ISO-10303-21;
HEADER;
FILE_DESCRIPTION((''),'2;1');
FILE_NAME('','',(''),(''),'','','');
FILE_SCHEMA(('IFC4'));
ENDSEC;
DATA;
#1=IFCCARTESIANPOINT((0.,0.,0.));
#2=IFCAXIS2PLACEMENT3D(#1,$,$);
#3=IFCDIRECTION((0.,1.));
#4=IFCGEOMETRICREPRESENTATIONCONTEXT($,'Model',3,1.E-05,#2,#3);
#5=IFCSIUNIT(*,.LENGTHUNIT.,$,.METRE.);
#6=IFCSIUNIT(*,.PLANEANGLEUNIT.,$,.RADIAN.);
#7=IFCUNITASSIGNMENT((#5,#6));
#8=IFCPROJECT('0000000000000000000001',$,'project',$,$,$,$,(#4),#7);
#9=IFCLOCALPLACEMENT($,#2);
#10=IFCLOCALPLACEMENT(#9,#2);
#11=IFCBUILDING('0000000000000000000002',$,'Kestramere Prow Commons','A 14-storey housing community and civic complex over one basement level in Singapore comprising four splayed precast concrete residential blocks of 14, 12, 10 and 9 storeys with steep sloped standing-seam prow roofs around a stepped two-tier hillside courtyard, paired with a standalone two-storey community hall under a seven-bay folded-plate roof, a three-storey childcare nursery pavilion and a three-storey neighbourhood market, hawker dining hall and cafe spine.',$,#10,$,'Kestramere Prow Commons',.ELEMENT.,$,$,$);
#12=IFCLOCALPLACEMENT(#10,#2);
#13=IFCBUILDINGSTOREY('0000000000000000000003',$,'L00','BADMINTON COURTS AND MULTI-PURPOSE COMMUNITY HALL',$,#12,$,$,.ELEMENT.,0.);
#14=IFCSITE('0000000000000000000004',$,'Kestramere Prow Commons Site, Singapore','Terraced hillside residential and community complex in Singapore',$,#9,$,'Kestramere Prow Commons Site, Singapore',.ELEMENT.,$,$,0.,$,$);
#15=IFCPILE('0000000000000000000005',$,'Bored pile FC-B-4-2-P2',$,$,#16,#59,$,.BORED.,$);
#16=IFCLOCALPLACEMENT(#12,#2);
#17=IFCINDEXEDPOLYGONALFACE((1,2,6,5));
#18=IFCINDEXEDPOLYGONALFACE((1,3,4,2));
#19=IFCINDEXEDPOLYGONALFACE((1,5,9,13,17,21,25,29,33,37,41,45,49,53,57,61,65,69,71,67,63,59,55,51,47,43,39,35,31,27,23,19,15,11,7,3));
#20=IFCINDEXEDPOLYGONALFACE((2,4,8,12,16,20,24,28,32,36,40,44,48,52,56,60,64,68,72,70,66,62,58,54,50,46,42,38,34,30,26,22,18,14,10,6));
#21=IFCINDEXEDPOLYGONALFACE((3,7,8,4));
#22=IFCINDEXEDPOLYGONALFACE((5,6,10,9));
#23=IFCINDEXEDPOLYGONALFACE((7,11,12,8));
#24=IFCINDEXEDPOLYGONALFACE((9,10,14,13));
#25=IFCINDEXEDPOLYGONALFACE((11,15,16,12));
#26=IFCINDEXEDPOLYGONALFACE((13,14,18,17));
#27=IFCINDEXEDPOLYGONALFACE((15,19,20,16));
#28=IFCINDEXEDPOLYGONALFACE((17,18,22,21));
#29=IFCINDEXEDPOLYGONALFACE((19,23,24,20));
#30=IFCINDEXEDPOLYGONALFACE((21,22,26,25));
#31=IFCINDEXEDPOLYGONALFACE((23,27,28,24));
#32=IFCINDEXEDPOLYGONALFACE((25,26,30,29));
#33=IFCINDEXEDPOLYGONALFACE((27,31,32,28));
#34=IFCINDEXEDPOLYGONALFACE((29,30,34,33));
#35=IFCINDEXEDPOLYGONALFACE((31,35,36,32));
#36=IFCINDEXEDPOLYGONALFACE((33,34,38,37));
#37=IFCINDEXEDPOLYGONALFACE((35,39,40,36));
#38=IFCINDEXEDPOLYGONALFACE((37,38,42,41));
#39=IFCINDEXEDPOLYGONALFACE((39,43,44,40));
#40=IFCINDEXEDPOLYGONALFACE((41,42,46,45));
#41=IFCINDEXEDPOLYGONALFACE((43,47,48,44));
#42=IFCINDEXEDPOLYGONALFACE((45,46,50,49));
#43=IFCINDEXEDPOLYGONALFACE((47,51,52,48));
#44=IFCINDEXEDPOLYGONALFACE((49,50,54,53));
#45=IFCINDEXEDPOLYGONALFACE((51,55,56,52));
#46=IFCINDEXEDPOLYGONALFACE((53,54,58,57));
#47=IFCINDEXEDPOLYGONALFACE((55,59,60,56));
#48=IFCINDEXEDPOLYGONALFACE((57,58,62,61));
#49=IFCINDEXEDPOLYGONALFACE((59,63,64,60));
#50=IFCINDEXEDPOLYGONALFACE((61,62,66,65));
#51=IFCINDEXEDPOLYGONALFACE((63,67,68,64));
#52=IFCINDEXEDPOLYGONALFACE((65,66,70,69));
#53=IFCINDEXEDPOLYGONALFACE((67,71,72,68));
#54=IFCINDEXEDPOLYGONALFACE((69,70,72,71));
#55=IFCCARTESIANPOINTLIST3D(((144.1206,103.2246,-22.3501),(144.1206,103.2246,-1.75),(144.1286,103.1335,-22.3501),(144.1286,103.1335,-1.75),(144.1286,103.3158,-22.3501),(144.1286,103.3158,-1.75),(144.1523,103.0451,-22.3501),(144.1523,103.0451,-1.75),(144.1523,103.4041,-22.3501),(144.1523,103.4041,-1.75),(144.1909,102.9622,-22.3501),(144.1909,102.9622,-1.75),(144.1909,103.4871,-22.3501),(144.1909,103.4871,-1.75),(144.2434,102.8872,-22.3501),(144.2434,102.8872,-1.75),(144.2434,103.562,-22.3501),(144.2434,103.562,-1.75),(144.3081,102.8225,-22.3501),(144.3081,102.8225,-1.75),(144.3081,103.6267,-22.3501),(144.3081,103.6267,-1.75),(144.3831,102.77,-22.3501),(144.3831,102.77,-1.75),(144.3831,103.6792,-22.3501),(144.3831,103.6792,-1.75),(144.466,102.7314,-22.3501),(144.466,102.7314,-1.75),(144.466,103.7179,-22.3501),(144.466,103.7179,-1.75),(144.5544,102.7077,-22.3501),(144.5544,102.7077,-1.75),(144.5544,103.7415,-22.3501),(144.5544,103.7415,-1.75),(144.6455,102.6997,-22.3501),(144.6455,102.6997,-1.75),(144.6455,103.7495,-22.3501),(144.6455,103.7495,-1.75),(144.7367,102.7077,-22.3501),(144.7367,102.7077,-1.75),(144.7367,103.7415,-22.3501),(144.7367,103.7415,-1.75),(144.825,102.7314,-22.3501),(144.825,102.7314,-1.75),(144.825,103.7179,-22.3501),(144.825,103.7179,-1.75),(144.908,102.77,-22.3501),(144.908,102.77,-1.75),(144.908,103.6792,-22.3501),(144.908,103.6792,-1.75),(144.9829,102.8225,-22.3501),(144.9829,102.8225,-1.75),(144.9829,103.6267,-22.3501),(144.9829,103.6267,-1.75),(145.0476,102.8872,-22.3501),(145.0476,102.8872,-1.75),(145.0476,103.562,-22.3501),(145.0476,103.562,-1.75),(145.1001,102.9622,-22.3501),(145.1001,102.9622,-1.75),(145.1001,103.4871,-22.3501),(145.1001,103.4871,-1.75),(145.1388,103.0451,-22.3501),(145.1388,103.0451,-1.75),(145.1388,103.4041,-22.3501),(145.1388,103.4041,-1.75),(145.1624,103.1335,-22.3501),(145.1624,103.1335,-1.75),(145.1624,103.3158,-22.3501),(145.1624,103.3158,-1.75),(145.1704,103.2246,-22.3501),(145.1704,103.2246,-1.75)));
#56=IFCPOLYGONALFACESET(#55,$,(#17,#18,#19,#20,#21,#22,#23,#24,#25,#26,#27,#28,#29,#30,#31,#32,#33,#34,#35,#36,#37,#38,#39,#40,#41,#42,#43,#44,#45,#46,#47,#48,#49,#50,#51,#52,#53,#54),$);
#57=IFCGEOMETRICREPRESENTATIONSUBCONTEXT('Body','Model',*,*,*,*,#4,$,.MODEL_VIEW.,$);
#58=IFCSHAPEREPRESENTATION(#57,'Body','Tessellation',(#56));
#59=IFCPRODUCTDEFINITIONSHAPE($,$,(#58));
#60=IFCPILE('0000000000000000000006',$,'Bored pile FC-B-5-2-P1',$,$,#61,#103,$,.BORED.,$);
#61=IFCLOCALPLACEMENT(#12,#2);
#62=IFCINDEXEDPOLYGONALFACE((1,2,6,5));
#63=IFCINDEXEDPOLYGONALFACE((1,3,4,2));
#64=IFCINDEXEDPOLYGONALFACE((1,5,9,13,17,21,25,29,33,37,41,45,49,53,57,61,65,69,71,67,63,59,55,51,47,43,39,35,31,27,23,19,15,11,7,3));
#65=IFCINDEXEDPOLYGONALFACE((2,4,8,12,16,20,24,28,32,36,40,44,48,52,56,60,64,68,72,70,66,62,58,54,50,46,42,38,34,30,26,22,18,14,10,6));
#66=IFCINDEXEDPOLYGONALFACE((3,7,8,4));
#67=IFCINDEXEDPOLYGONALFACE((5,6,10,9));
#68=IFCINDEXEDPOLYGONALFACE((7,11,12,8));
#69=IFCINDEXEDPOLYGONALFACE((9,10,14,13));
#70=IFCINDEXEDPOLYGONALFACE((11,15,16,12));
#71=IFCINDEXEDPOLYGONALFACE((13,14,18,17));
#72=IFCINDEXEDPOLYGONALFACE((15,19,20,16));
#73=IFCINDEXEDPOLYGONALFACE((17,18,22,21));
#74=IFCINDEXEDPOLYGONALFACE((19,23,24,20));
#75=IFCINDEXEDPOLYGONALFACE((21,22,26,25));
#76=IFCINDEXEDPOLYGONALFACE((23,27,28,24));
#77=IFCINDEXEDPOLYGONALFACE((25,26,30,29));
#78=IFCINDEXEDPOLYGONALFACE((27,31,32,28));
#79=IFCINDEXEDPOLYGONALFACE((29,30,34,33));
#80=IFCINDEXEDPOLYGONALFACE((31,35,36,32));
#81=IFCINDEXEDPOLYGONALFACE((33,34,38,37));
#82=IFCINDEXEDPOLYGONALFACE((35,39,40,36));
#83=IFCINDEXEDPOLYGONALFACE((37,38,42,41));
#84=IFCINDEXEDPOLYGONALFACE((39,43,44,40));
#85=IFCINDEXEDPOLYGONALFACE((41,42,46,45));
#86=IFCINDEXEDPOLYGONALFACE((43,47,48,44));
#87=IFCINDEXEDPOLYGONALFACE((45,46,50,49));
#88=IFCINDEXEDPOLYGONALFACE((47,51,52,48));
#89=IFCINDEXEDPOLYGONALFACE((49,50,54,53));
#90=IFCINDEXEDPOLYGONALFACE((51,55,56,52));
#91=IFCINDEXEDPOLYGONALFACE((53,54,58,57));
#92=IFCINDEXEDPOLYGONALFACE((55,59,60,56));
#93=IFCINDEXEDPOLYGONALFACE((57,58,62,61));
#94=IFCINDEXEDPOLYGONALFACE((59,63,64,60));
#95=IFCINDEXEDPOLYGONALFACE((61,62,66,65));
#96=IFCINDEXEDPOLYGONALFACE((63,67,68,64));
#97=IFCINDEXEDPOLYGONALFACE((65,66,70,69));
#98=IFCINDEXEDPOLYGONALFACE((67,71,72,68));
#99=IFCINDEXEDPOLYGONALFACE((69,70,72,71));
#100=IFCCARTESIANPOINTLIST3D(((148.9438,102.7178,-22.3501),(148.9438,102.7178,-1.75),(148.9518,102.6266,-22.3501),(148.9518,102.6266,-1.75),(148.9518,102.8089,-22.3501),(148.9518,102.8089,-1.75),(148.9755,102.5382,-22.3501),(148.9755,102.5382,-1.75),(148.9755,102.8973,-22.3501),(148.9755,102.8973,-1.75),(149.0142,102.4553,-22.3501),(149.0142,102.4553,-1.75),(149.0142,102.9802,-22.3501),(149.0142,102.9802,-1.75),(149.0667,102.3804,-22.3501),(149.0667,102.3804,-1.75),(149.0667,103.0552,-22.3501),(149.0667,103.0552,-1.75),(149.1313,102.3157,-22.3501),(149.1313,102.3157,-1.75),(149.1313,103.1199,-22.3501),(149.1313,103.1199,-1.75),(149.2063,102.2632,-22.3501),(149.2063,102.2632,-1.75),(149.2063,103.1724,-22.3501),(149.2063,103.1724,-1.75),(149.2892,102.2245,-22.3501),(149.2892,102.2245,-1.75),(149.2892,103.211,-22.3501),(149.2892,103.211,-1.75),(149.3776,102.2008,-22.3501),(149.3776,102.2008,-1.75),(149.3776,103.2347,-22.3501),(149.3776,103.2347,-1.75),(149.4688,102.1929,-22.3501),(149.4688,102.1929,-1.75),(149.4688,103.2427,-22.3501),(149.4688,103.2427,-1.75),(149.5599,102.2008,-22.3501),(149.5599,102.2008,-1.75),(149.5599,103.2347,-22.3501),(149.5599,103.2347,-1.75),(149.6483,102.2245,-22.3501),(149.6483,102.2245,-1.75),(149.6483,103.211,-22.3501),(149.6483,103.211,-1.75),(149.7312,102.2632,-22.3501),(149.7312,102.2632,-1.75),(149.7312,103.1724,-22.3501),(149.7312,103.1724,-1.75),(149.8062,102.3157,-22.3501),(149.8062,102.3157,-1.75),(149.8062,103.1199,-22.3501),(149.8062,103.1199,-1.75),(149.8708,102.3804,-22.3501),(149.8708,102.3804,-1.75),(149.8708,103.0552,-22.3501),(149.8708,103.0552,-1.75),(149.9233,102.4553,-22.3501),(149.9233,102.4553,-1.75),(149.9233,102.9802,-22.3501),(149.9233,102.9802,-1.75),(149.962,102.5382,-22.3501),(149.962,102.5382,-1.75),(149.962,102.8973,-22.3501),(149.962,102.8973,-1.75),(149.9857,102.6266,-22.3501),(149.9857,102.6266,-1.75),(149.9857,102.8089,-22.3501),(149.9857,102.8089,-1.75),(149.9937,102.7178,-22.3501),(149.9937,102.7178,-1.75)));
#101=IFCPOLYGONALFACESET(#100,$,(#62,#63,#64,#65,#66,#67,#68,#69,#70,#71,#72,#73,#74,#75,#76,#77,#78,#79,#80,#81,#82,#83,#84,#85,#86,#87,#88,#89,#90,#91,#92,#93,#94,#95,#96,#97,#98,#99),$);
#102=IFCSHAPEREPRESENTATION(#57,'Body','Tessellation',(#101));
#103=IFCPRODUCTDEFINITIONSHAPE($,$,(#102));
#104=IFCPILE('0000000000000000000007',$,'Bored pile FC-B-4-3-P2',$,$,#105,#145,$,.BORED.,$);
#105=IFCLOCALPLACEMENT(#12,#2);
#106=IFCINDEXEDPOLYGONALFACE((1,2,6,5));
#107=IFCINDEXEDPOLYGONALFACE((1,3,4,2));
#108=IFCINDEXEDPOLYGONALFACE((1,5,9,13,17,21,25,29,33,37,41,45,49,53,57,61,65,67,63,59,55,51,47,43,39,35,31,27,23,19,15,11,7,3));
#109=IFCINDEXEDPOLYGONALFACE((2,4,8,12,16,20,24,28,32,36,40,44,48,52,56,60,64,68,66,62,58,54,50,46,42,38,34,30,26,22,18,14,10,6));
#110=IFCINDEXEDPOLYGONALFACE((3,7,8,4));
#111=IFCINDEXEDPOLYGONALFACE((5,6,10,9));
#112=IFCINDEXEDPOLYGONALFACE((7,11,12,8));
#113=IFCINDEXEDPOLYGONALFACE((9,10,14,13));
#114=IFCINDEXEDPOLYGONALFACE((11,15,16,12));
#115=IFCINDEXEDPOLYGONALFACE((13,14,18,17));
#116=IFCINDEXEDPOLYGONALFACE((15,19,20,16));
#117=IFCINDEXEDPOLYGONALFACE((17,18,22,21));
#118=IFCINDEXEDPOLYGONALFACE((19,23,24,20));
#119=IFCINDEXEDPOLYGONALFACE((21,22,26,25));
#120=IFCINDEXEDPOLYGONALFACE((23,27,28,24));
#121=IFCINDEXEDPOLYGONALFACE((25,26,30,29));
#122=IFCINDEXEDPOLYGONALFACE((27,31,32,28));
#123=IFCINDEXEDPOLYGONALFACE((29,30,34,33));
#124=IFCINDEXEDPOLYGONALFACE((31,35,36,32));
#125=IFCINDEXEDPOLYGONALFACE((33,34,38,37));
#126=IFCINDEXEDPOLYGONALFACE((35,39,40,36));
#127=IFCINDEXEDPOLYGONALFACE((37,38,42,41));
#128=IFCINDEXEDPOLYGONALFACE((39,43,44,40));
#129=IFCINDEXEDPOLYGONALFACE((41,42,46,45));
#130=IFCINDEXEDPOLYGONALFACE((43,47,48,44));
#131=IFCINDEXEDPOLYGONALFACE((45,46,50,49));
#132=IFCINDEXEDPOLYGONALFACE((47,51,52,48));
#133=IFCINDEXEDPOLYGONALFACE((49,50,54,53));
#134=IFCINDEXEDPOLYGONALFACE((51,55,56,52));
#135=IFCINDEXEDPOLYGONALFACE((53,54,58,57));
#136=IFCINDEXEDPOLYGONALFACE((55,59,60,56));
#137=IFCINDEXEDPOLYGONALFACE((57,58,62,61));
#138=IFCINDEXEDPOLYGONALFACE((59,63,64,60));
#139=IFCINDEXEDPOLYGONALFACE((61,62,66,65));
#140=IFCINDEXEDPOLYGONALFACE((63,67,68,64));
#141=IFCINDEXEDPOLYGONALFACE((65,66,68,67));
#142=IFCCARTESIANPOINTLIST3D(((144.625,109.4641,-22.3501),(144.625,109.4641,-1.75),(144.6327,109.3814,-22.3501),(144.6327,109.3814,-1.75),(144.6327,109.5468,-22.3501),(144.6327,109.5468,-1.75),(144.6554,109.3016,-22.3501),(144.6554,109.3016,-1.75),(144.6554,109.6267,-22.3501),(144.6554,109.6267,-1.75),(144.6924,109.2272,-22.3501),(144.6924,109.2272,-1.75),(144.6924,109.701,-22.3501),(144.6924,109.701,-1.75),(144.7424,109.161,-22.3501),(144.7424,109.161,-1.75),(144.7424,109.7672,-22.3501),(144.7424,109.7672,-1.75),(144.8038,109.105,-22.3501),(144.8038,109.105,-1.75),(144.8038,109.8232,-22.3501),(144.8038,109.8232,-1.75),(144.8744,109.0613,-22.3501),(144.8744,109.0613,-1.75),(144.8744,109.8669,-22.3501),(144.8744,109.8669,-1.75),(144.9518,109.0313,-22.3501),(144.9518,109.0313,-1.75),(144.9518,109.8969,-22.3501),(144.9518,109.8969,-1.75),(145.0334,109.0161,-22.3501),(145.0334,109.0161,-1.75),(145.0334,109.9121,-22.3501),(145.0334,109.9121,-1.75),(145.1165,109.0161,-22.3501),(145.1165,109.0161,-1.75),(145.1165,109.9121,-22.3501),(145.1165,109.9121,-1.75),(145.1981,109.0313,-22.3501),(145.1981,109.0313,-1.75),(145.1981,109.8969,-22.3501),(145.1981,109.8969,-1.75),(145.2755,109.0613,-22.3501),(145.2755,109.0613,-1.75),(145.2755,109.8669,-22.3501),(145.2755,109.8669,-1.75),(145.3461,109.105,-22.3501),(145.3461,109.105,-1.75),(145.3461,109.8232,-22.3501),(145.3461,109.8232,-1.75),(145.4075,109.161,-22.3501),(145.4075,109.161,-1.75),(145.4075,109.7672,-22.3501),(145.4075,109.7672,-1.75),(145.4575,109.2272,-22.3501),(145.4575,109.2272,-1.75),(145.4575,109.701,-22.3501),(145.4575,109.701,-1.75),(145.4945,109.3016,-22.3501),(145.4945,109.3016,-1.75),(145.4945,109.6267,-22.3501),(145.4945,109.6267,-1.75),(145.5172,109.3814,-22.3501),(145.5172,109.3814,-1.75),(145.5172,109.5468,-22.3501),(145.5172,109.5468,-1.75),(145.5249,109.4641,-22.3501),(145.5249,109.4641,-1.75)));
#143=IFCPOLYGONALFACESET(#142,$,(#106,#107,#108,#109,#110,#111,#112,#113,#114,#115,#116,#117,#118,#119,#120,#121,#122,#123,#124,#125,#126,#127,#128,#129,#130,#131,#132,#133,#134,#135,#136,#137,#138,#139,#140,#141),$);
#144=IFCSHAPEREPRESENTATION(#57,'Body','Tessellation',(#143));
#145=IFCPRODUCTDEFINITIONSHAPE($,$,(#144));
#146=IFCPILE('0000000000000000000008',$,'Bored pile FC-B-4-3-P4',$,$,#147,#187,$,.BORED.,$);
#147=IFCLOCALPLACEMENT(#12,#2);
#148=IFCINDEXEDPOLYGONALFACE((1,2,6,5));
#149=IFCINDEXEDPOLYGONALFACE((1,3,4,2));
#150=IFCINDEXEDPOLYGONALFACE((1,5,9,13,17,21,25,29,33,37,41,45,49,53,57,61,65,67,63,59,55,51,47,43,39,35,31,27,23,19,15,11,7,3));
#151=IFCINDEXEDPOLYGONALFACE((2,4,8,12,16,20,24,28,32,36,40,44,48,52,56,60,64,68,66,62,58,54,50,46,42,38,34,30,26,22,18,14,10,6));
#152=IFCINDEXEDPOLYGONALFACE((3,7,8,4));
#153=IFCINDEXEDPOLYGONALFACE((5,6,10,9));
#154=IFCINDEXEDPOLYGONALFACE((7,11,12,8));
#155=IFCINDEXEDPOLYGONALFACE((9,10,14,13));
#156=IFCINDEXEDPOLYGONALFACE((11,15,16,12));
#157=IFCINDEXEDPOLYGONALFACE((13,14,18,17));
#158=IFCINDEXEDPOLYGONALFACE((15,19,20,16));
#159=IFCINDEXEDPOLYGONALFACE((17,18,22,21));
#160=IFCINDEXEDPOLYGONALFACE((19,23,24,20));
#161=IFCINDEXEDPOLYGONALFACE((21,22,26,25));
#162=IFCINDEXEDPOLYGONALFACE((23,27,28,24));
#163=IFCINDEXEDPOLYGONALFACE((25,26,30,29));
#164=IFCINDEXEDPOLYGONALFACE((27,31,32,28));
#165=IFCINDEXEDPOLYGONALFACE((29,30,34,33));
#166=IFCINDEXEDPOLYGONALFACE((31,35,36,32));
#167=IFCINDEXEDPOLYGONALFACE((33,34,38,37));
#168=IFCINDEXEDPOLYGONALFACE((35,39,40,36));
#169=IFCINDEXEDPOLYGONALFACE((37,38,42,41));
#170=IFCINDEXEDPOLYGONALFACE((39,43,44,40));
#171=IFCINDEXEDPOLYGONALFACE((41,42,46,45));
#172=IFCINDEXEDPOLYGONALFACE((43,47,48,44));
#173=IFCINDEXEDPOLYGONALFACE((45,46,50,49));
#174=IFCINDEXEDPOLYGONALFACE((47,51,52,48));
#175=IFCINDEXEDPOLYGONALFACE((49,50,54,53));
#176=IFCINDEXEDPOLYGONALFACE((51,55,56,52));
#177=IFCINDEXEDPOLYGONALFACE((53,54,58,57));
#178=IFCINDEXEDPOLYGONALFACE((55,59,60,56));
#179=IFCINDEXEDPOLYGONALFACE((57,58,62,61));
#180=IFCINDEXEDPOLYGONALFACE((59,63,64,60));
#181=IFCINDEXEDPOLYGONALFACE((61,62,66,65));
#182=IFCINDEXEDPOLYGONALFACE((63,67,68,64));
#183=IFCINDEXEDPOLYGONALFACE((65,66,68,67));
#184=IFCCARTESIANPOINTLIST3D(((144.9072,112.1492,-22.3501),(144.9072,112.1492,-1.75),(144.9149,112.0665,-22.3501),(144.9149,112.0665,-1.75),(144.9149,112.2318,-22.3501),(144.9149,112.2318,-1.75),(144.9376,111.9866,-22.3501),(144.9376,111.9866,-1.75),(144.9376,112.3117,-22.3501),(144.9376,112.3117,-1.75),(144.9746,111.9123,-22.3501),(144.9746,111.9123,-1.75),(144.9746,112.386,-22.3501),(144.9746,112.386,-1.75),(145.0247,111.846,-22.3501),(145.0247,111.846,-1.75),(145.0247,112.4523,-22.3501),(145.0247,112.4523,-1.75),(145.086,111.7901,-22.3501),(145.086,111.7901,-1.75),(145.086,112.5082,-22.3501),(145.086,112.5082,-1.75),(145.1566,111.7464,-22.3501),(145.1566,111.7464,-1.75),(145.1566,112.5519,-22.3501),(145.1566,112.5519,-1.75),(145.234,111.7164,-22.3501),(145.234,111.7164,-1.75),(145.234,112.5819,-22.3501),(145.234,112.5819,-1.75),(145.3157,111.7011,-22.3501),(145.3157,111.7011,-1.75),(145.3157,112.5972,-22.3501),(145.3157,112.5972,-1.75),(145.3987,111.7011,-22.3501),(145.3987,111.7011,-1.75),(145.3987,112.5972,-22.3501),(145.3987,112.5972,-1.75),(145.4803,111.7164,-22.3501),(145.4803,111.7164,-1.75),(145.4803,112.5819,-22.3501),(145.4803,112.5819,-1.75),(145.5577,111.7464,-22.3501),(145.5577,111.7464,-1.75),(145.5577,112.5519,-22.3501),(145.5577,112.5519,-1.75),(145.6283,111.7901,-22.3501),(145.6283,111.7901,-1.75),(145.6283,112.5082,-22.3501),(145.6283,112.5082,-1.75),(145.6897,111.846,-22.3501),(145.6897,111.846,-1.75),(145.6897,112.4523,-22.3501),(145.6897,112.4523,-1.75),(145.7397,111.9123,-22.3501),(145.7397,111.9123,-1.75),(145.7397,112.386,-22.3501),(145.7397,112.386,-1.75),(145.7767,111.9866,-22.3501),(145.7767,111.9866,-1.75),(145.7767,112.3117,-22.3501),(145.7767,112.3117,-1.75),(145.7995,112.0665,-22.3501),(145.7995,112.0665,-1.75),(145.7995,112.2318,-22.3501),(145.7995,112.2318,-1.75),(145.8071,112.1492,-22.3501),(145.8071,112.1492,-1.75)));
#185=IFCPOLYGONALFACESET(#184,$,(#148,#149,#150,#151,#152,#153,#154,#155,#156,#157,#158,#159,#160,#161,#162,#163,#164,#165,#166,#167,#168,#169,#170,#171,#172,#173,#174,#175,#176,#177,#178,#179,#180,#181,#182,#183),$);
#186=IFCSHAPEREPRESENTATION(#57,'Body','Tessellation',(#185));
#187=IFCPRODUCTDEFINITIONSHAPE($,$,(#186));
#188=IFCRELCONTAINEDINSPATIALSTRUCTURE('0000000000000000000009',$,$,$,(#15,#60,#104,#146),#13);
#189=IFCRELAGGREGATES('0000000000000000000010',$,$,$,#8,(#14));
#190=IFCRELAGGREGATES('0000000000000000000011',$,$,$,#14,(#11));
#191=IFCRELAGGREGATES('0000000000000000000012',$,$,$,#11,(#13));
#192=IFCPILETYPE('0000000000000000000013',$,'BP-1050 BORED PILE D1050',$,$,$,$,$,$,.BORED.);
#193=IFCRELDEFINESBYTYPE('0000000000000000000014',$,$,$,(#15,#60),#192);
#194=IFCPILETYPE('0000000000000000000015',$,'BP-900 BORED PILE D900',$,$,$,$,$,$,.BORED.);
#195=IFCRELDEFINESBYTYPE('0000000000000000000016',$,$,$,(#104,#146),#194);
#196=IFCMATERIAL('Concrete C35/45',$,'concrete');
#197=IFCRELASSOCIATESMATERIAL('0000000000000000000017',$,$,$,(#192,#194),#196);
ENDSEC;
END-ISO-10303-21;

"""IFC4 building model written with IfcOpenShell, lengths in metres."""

from ifc_helpers import new_model, si_unit, direction, frame, origin, origin_2d, place, context, subcontext, project, spatial, circle, extrude, material, material_profile, profile_set, type_object, element, save


model = new_model("IFC4")

# Units and contexts
model_context = context("Model", 3, precision=1e-05, world=origin(), true_north=direction((0.0, 1.0)))
body_context = subcontext(model_context, "Body", "Model", "MODEL_VIEW")
ifc_project = project(units=[si_unit("LENGTHUNIT", "METRE"), si_unit("PLANEANGLEUNIT", "RADIAN")], contexts=[model_context])

# Site, building, storey
site_placement = place(None, origin())
site = spatial("IfcSite", under=ifc_project, at=site_placement, Name="Kestramere Prow Commons Site, Singapore", Description="Terraced hillside residential and community complex in Singapore", LongName="Kestramere Prow Commons Site, Singapore", CompositionType="ELEMENT", RefElevation=0.0)
building_placement = place(site_placement, origin())
building = spatial("IfcBuilding", under=site, at=building_placement, Name="Kestramere Prow Commons", Description="A 14-storey housing community and civic complex over one basement level in Singapore comprising four splayed precast concrete residential blocks of 14, 12, 10 and 9 storeys with steep sloped standing-seam prow roofs around a stepped two-tier hillside courtyard, paired with a standalone two-storey community hall under a seven-bay folded-plate roof, a three-storey childcare nursery pavilion and a three-storey neighbourhood market, hawker dining hall and cafe spine.", LongName="Kestramere Prow Commons", CompositionType="ELEMENT")
storey_placement = place(building_placement, origin())
storey = spatial("IfcBuildingStorey", under=building, at=storey_placement, Name="L00", Description="BADMINTON COURTS AND MULTI-PURPOSE COMMUNITY HALL", CompositionType="ELEMENT", Elevation=0.0)

# Piles
ifc_material_1 = material(Name="Concrete C35/45", Category="concrete")
ifc_material_profile_1 = material_profile(ifc_material_1, circle(Radius=0.5249, at=origin_2d()), Name="BORED PILE D1050")
ifc_profile_set_1 = profile_set([ifc_material_profile_1], Name="Concrete C35/45")
pile_type_1 = type_object("IfcPileType", Name="BP-1050 BORED PILE D1050", PredefinedType="BORED", material=ifc_profile_set_1)
for number, where, z_axis, x_axis, name in (
    (1, (144.6455, 103.2246, -1.75), (0.0, 0.0, -1.0), (1.0, 0.0, 0.0), "Bored pile FC-B-4-2-P2"),
    (2, (149.4688, 102.7178, -1.75), (0.0, 0.0, -1.0), (1.0, 0.0, 0.0), "Bored pile FC-B-5-2-P1"),
):
    element("IfcPile", number, at=place(storey_placement, frame(where, z_axis=z_axis, x_axis=x_axis)), inside=storey, type_object=pile_type_1, Name=name, PredefinedType="BORED", context=body_context, shape_type="SweptSolid", body=[
        extrude(circle(Radius=0.5249, at=origin_2d()), origin(), (0.0, 0.0, 1.0), 20.6001),
    ])
ifc_material_profile_2 = material_profile(ifc_material_1, circle(Radius=0.45, at=origin_2d()), Name="BORED PILE D900")
ifc_profile_set_2 = profile_set([ifc_material_profile_2], Name="Concrete C35/45")
pile_type_2 = type_object("IfcPileType", Name="BP-900 BORED PILE D900", PredefinedType="BORED", material=ifc_profile_set_2)
for number, where, z_axis, x_axis, name in (
    (3, (145.075, 109.4641, -1.75), (0.0, 0.0, -1.0), (1.0, 0.0, 0.0), "Bored pile FC-B-4-3-P2"),
    (4, (145.3572, 112.1492, -1.75), (0.0, 0.0, -1.0), (1.0, 0.0, 0.0), "Bored pile FC-B-4-3-P4"),
):
    element("IfcPile", number, at=place(storey_placement, frame(where, z_axis=z_axis, x_axis=x_axis)), inside=storey, type_object=pile_type_2, Name=name, PredefinedType="BORED", context=body_context, shape_type="SweptSolid", body=[
        extrude(circle(Radius=0.45, at=origin_2d()), origin(), (0.0, 0.0, 1.0), 20.6001),
    ])

save(model, "model.ifc")
